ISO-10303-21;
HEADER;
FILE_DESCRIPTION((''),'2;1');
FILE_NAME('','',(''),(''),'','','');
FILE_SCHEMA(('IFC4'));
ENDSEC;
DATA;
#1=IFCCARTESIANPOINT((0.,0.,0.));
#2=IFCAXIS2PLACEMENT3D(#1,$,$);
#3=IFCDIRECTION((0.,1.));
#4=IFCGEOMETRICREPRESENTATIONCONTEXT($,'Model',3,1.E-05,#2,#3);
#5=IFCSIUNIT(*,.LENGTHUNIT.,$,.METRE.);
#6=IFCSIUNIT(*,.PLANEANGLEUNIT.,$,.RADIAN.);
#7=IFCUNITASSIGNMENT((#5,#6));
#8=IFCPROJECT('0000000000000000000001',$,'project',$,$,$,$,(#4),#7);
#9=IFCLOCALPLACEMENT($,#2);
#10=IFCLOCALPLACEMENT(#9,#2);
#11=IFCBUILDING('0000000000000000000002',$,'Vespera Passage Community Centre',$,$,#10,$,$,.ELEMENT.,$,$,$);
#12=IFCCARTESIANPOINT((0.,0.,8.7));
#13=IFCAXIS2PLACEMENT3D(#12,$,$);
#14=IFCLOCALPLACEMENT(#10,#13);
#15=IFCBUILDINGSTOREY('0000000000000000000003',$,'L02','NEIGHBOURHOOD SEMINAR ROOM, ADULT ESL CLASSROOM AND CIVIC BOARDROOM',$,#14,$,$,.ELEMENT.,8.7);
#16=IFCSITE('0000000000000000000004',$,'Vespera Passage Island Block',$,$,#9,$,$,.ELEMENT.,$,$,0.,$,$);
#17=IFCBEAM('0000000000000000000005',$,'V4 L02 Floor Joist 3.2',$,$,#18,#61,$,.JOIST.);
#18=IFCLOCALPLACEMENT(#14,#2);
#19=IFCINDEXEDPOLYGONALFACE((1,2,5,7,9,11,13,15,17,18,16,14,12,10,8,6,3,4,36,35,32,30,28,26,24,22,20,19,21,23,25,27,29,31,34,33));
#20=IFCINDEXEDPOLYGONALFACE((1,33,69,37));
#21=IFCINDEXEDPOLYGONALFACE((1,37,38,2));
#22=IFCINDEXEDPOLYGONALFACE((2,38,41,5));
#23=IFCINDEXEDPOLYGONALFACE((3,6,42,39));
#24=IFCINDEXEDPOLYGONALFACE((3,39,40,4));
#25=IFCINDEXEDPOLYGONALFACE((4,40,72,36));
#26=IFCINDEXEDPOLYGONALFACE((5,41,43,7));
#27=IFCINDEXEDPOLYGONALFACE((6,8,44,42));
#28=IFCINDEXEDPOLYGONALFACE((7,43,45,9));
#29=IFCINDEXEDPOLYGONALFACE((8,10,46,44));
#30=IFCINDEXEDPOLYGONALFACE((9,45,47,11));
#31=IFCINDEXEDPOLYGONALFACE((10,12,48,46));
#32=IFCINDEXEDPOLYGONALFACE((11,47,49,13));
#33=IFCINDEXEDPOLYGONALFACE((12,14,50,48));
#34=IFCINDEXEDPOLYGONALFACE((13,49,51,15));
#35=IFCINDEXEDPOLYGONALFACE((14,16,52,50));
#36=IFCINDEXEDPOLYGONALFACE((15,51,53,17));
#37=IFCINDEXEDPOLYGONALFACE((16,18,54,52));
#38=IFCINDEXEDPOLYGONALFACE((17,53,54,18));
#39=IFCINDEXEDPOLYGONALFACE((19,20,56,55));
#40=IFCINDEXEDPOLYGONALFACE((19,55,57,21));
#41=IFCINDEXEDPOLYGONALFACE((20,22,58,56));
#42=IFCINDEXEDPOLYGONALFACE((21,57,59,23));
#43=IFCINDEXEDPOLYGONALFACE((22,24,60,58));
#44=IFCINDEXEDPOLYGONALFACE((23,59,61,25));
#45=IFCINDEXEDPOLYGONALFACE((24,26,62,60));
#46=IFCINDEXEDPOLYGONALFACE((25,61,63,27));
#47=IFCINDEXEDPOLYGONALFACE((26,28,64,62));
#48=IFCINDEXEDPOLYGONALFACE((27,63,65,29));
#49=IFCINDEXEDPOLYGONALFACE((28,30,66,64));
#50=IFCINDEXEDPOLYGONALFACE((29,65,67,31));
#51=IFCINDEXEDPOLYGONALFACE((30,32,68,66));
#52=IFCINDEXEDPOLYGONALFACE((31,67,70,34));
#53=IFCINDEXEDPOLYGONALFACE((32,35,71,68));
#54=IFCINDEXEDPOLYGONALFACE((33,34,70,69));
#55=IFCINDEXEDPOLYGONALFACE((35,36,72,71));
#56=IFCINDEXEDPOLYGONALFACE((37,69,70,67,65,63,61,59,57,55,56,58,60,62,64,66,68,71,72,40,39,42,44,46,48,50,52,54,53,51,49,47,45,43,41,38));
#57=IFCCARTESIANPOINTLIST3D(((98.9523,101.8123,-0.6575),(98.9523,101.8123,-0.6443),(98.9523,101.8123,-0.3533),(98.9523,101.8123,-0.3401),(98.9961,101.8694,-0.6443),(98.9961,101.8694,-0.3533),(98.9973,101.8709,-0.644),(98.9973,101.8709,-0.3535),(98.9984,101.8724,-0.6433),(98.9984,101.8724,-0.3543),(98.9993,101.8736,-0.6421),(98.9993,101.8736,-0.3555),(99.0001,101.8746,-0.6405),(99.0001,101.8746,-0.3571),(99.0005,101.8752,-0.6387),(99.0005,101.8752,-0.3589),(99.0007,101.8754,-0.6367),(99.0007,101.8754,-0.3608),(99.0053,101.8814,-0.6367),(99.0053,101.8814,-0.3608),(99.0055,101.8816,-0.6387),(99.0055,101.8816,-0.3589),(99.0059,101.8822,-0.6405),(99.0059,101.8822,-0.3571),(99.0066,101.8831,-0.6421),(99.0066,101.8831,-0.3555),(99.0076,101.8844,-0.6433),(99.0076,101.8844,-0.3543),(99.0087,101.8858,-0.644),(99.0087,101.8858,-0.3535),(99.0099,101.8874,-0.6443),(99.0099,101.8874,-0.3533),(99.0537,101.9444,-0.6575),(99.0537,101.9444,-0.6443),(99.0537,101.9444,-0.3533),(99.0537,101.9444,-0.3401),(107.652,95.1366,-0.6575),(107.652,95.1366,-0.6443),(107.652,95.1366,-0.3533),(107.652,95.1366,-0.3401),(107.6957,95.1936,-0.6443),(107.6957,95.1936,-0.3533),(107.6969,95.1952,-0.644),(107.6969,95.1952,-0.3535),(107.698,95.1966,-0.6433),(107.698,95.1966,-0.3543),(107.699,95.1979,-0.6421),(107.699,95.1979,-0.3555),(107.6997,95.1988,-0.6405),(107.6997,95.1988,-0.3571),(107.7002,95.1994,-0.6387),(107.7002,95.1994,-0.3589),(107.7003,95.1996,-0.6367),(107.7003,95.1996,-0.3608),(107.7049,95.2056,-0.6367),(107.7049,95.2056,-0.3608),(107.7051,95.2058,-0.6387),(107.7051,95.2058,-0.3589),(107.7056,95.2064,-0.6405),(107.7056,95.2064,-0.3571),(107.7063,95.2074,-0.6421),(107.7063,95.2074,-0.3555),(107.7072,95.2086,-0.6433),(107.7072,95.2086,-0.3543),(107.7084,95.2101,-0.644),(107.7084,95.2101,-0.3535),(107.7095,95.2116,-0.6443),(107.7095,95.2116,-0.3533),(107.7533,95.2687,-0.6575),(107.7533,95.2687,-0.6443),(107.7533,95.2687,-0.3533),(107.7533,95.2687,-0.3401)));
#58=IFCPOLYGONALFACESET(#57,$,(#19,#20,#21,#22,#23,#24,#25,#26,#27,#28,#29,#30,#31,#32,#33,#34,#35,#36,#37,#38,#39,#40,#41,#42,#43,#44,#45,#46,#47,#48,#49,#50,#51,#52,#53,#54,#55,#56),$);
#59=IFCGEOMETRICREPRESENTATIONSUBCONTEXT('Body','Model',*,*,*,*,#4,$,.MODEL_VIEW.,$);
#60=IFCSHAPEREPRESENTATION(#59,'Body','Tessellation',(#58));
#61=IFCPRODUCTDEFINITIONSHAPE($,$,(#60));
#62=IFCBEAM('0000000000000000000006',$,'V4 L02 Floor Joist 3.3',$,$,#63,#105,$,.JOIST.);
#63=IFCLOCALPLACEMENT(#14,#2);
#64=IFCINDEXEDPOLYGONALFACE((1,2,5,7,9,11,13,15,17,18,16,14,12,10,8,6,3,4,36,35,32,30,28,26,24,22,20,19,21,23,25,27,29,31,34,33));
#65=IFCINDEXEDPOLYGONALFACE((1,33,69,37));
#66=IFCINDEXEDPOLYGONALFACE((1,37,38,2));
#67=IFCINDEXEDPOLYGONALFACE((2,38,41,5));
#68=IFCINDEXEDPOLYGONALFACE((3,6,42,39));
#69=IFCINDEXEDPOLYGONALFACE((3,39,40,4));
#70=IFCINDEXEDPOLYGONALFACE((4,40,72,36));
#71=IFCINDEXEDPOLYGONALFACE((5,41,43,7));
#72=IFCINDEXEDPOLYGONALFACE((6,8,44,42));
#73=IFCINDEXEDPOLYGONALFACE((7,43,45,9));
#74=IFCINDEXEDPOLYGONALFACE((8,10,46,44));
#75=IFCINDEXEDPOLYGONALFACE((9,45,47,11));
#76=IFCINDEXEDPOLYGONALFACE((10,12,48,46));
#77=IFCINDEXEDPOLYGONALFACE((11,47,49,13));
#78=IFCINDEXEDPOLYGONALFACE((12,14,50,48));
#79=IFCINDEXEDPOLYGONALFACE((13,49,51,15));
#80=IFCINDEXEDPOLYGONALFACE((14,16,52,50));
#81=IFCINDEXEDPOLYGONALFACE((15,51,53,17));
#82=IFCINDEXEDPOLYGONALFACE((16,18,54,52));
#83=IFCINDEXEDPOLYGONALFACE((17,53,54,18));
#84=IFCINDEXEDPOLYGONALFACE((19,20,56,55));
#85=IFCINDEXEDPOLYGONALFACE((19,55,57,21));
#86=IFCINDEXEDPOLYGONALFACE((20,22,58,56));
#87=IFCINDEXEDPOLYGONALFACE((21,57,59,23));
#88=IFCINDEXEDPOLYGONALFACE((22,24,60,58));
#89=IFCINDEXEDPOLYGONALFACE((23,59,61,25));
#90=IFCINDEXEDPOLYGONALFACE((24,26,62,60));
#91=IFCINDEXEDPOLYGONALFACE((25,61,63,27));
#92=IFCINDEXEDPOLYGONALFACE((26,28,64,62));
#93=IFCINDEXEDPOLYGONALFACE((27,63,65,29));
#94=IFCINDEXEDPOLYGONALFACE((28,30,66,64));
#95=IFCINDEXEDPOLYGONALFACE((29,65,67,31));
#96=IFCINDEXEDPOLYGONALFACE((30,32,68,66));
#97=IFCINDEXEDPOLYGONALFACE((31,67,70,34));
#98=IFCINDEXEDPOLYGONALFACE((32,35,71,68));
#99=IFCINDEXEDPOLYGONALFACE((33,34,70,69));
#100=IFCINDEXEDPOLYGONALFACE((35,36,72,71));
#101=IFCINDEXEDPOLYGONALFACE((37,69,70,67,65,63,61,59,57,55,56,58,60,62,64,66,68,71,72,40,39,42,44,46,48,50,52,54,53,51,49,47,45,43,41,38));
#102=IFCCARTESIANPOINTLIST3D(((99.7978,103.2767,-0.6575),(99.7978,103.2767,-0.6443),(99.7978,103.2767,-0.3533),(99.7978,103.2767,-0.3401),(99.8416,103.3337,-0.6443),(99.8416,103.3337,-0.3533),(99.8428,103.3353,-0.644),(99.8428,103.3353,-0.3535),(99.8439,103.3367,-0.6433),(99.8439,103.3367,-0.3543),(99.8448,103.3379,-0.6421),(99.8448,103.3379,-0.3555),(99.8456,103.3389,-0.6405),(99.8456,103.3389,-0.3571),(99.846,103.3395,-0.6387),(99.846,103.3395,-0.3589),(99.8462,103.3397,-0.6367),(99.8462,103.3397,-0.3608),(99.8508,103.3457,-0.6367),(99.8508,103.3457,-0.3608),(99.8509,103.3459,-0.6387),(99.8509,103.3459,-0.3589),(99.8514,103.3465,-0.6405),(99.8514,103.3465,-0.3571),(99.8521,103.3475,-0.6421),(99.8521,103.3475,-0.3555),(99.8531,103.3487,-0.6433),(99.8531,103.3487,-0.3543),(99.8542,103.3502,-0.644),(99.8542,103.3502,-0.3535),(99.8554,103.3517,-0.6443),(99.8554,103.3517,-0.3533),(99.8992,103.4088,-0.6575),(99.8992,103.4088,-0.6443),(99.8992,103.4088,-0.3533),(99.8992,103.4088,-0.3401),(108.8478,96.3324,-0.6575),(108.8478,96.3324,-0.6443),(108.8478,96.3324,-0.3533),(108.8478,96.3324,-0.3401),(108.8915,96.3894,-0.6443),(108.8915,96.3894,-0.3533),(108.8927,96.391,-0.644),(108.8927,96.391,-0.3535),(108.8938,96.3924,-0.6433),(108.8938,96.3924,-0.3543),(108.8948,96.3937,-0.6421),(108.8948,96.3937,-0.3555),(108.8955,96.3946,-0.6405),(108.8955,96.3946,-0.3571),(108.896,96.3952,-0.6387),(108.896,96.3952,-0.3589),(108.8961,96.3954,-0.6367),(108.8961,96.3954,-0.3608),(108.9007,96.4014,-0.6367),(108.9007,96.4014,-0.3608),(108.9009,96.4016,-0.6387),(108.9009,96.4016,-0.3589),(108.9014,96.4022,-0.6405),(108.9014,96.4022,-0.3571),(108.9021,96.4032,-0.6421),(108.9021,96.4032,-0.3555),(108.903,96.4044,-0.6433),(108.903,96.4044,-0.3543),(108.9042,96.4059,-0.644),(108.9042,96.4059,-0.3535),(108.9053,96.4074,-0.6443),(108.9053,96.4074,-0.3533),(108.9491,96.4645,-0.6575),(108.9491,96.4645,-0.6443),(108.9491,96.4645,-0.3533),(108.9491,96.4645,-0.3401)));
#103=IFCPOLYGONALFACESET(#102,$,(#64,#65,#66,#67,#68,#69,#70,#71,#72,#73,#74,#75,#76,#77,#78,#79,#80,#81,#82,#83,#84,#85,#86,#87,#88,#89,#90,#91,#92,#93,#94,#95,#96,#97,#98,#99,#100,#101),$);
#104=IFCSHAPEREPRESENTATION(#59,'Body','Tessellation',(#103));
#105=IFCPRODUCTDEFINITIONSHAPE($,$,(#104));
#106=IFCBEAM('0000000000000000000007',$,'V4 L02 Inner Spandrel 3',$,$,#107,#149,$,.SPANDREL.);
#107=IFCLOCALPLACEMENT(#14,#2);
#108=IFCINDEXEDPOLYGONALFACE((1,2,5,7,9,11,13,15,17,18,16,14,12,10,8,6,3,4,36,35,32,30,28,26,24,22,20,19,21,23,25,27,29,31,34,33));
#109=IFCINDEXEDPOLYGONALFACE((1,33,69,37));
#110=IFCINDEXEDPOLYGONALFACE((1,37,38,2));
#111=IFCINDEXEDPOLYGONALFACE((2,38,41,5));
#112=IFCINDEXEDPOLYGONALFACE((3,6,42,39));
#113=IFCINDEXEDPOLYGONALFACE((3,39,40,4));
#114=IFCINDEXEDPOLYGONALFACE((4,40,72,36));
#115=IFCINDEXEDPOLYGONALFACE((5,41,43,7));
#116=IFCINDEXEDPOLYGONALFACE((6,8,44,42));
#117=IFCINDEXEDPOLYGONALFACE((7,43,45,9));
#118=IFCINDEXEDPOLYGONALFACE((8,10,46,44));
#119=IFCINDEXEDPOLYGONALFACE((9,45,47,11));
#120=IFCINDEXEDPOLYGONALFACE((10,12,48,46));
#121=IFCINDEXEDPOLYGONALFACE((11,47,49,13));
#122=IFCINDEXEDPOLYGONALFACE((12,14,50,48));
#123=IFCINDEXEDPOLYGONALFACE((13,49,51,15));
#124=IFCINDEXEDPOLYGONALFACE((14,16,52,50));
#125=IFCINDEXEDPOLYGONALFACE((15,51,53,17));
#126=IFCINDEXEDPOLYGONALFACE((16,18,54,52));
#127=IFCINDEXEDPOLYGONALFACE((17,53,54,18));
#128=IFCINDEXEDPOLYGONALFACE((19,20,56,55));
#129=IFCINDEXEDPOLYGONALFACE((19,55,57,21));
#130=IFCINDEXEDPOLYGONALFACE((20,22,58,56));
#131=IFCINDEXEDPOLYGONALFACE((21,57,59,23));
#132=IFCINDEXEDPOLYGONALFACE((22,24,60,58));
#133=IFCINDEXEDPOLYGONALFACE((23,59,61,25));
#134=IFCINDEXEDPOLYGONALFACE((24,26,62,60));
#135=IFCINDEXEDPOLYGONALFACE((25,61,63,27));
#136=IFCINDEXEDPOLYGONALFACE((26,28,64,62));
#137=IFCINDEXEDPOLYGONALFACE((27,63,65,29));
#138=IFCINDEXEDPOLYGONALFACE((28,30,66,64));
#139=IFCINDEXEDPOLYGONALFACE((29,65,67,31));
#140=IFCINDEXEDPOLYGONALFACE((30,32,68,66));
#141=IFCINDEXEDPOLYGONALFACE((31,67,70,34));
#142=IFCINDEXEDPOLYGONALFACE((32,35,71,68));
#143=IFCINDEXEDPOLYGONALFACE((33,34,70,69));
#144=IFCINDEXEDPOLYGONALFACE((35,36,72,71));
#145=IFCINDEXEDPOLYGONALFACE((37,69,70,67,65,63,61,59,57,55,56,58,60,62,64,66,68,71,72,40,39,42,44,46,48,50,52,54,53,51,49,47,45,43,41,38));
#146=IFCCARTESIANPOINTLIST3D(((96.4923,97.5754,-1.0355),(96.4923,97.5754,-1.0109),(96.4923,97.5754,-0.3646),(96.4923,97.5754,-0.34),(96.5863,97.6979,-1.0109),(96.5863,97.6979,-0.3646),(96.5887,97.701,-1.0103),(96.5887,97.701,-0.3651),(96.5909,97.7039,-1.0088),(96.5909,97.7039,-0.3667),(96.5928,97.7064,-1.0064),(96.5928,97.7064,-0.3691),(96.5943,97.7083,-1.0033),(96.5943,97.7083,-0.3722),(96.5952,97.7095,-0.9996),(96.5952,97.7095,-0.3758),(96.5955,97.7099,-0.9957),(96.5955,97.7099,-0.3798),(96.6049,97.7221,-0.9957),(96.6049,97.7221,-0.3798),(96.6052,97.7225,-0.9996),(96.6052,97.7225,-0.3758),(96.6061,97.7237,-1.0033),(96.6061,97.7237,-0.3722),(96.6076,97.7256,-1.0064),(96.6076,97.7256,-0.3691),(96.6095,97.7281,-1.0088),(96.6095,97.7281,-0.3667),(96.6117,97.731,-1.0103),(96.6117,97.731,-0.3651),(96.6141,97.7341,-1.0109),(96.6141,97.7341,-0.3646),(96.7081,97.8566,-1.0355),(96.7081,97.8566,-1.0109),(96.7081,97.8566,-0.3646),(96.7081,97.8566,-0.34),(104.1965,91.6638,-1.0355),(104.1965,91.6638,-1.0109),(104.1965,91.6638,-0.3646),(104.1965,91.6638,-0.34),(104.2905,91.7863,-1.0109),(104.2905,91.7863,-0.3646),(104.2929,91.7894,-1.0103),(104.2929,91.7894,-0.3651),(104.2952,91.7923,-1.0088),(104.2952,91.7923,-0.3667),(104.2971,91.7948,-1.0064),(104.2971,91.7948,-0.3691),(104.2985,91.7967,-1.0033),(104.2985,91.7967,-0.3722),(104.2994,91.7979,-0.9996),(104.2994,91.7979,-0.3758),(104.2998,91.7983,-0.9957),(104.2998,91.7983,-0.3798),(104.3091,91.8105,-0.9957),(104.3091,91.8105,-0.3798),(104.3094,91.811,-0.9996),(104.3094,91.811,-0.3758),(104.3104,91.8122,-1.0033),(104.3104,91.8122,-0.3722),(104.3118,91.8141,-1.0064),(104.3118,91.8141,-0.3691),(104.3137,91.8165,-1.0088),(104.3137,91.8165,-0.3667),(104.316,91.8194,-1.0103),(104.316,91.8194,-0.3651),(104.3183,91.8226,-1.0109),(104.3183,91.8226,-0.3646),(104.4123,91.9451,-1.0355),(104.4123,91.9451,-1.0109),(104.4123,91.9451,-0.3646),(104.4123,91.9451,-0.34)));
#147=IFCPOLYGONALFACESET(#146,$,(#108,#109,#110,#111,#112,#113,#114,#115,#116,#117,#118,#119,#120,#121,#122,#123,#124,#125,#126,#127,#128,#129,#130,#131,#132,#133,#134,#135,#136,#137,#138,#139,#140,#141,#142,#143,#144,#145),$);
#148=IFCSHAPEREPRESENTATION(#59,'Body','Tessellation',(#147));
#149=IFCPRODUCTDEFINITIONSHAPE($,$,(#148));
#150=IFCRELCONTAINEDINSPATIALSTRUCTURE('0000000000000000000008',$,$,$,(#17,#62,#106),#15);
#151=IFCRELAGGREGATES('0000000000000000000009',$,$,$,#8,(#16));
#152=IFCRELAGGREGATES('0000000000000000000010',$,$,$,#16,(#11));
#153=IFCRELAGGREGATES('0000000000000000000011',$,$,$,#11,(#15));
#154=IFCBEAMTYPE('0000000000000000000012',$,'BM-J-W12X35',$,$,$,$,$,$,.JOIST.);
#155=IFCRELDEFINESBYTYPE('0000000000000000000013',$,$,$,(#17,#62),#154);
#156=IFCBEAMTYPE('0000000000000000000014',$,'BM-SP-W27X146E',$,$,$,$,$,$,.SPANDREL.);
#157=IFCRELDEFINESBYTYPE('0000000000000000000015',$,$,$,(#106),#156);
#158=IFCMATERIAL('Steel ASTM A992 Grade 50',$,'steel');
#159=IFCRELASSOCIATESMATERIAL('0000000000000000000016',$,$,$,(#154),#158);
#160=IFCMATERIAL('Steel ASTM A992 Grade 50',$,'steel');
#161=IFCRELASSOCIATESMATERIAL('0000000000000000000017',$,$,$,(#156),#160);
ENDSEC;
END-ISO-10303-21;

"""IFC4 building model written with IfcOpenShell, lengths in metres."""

from ifc_helpers import new_model, si_unit, direction, frame, origin, origin_2d, place, context, subcontext, project, spatial, i_section, extrude, material, material_profile, profile_set, type_object, element, save


model = new_model("IFC4")

# Units and contexts
model_context = context("Model", 3, precision=1e-05, world=origin(), true_north=direction((0.0, 1.0)))
body_context = subcontext(model_context, "Body", "Model", "MODEL_VIEW")
ifc_project = project(units=[si_unit("LENGTHUNIT", "METRE"), si_unit("PLANEANGLEUNIT", "RADIAN")], contexts=[model_context])

# Site, building, storey
site_placement = place(None, origin())
site = spatial("IfcSite", under=ifc_project, at=site_placement, Name="Vespera Passage Island Block", CompositionType="ELEMENT", RefElevation=0.0)
building_placement = place(site_placement, origin())
building = spatial("IfcBuilding", under=site, at=building_placement, Name="Vespera Passage Community Centre", CompositionType="ELEMENT")
storey_placement = place(building_placement, frame((0.0, 0.0, 8.7)))
storey = spatial("IfcBuildingStorey", under=building, at=storey_placement, Name="L02", Description="NEIGHBOURHOOD SEMINAR ROOM, ADULT ESL CLASSROOM AND CIVIC BOARDROOM", CompositionType="ELEMENT", Elevation=8.7)

# Beams
ifc_material_1 = material(Name="Steel ASTM A992 Grade 50", Category="steel")
ifc_material_profile_1 = material_profile(ifc_material_1, i_section(OverallWidth=0.1665, OverallDepth=0.3174, WebThickness=0.0076, FlangeThickness=0.0132, FilletRadius=0.0076, at=origin_2d()), Name="W12X35")
ifc_profile_set_1 = profile_set([ifc_material_profile_1], Name="Steel ASTM A992 Grade 50")
beam_type_1 = type_object("IfcBeamType", Name="BM-J-W12X35", PredefinedType="JOIST", material=ifc_profile_set_1)
beam_1_placement = place(storey_placement, frame((107.7026, 95.2026, -0.4988), z_axis=(-0.793342, 0.608776, 0.0), x_axis=(-0.608776, -0.793342, 0.0)))
element("IfcBeam", 1, at=beam_1_placement, inside=storey, type_object=beam_type_1, Name="V4 L02 Floor Joist 3.2", PredefinedType="JOIST", context=body_context, shape_type="SweptSolid", body=[
    extrude(i_section(OverallWidth=0.1665, OverallDepth=0.3174, WebThickness=0.0076, FlangeThickness=0.0132, FilletRadius=0.0076, at=origin_2d()), origin(), (0.0, 0.0, 1.0), 10.9658),
])
beam_2_placement = place(storey_placement, frame((108.8984, 96.3984, -0.4988), z_axis=(-0.793354, 0.608761, 0.0), x_axis=(-0.608761, -0.793354, 0.0)))
element("IfcBeam", 2, at=beam_2_placement, inside=storey, type_object=beam_type_1, Name="V4 L02 Floor Joist 3.3", PredefinedType="JOIST", context=body_context, shape_type="SweptSolid", body=[
    extrude(i_section(OverallWidth=0.1665, OverallDepth=0.3174, WebThickness=0.0076, FlangeThickness=0.0132, FilletRadius=0.0076, at=origin_2d()), origin(), (0.0, 0.0, 1.0), 11.4072),
])
ifc_material_2 = material(Name="Steel ASTM A992 Grade 50", Category="steel")
ifc_material_profile_2 = material_profile(ifc_material_2, i_section(OverallWidth=0.3545, OverallDepth=0.6956, WebThickness=0.0154, FlangeThickness=0.0247, FilletRadius=0.0151, at=origin_2d()), Name="W27X146")
ifc_profile_set_2 = profile_set([ifc_material_profile_2], Name="Steel ASTM A992 Grade 50")
beam_type_2 = type_object("IfcBeamType", Name="BM-SP-W27X146E", PredefinedType="SPANDREL", material=ifc_profile_set_2)
beam_3_placement = place(storey_placement, frame((104.3044, 91.8044, -0.6877), z_axis=(-0.79336, 0.608753, 0.0), x_axis=(-0.608753, -0.79336, 0.0)))
element("IfcBeam", 3, at=beam_3_placement, inside=storey, type_object=beam_type_2, Name="V4 L02 Inner Spandrel 3", PredefinedType="SPANDREL", context=body_context, shape_type="SweptSolid", body=[
    extrude(i_section(OverallWidth=0.3545, OverallDepth=0.6956, WebThickness=0.0154, FlangeThickness=0.0247, FilletRadius=0.0151, at=origin_2d()), origin(), (0.0, 0.0, 1.0), 9.7109),
])

save(model, "model.ifc")
